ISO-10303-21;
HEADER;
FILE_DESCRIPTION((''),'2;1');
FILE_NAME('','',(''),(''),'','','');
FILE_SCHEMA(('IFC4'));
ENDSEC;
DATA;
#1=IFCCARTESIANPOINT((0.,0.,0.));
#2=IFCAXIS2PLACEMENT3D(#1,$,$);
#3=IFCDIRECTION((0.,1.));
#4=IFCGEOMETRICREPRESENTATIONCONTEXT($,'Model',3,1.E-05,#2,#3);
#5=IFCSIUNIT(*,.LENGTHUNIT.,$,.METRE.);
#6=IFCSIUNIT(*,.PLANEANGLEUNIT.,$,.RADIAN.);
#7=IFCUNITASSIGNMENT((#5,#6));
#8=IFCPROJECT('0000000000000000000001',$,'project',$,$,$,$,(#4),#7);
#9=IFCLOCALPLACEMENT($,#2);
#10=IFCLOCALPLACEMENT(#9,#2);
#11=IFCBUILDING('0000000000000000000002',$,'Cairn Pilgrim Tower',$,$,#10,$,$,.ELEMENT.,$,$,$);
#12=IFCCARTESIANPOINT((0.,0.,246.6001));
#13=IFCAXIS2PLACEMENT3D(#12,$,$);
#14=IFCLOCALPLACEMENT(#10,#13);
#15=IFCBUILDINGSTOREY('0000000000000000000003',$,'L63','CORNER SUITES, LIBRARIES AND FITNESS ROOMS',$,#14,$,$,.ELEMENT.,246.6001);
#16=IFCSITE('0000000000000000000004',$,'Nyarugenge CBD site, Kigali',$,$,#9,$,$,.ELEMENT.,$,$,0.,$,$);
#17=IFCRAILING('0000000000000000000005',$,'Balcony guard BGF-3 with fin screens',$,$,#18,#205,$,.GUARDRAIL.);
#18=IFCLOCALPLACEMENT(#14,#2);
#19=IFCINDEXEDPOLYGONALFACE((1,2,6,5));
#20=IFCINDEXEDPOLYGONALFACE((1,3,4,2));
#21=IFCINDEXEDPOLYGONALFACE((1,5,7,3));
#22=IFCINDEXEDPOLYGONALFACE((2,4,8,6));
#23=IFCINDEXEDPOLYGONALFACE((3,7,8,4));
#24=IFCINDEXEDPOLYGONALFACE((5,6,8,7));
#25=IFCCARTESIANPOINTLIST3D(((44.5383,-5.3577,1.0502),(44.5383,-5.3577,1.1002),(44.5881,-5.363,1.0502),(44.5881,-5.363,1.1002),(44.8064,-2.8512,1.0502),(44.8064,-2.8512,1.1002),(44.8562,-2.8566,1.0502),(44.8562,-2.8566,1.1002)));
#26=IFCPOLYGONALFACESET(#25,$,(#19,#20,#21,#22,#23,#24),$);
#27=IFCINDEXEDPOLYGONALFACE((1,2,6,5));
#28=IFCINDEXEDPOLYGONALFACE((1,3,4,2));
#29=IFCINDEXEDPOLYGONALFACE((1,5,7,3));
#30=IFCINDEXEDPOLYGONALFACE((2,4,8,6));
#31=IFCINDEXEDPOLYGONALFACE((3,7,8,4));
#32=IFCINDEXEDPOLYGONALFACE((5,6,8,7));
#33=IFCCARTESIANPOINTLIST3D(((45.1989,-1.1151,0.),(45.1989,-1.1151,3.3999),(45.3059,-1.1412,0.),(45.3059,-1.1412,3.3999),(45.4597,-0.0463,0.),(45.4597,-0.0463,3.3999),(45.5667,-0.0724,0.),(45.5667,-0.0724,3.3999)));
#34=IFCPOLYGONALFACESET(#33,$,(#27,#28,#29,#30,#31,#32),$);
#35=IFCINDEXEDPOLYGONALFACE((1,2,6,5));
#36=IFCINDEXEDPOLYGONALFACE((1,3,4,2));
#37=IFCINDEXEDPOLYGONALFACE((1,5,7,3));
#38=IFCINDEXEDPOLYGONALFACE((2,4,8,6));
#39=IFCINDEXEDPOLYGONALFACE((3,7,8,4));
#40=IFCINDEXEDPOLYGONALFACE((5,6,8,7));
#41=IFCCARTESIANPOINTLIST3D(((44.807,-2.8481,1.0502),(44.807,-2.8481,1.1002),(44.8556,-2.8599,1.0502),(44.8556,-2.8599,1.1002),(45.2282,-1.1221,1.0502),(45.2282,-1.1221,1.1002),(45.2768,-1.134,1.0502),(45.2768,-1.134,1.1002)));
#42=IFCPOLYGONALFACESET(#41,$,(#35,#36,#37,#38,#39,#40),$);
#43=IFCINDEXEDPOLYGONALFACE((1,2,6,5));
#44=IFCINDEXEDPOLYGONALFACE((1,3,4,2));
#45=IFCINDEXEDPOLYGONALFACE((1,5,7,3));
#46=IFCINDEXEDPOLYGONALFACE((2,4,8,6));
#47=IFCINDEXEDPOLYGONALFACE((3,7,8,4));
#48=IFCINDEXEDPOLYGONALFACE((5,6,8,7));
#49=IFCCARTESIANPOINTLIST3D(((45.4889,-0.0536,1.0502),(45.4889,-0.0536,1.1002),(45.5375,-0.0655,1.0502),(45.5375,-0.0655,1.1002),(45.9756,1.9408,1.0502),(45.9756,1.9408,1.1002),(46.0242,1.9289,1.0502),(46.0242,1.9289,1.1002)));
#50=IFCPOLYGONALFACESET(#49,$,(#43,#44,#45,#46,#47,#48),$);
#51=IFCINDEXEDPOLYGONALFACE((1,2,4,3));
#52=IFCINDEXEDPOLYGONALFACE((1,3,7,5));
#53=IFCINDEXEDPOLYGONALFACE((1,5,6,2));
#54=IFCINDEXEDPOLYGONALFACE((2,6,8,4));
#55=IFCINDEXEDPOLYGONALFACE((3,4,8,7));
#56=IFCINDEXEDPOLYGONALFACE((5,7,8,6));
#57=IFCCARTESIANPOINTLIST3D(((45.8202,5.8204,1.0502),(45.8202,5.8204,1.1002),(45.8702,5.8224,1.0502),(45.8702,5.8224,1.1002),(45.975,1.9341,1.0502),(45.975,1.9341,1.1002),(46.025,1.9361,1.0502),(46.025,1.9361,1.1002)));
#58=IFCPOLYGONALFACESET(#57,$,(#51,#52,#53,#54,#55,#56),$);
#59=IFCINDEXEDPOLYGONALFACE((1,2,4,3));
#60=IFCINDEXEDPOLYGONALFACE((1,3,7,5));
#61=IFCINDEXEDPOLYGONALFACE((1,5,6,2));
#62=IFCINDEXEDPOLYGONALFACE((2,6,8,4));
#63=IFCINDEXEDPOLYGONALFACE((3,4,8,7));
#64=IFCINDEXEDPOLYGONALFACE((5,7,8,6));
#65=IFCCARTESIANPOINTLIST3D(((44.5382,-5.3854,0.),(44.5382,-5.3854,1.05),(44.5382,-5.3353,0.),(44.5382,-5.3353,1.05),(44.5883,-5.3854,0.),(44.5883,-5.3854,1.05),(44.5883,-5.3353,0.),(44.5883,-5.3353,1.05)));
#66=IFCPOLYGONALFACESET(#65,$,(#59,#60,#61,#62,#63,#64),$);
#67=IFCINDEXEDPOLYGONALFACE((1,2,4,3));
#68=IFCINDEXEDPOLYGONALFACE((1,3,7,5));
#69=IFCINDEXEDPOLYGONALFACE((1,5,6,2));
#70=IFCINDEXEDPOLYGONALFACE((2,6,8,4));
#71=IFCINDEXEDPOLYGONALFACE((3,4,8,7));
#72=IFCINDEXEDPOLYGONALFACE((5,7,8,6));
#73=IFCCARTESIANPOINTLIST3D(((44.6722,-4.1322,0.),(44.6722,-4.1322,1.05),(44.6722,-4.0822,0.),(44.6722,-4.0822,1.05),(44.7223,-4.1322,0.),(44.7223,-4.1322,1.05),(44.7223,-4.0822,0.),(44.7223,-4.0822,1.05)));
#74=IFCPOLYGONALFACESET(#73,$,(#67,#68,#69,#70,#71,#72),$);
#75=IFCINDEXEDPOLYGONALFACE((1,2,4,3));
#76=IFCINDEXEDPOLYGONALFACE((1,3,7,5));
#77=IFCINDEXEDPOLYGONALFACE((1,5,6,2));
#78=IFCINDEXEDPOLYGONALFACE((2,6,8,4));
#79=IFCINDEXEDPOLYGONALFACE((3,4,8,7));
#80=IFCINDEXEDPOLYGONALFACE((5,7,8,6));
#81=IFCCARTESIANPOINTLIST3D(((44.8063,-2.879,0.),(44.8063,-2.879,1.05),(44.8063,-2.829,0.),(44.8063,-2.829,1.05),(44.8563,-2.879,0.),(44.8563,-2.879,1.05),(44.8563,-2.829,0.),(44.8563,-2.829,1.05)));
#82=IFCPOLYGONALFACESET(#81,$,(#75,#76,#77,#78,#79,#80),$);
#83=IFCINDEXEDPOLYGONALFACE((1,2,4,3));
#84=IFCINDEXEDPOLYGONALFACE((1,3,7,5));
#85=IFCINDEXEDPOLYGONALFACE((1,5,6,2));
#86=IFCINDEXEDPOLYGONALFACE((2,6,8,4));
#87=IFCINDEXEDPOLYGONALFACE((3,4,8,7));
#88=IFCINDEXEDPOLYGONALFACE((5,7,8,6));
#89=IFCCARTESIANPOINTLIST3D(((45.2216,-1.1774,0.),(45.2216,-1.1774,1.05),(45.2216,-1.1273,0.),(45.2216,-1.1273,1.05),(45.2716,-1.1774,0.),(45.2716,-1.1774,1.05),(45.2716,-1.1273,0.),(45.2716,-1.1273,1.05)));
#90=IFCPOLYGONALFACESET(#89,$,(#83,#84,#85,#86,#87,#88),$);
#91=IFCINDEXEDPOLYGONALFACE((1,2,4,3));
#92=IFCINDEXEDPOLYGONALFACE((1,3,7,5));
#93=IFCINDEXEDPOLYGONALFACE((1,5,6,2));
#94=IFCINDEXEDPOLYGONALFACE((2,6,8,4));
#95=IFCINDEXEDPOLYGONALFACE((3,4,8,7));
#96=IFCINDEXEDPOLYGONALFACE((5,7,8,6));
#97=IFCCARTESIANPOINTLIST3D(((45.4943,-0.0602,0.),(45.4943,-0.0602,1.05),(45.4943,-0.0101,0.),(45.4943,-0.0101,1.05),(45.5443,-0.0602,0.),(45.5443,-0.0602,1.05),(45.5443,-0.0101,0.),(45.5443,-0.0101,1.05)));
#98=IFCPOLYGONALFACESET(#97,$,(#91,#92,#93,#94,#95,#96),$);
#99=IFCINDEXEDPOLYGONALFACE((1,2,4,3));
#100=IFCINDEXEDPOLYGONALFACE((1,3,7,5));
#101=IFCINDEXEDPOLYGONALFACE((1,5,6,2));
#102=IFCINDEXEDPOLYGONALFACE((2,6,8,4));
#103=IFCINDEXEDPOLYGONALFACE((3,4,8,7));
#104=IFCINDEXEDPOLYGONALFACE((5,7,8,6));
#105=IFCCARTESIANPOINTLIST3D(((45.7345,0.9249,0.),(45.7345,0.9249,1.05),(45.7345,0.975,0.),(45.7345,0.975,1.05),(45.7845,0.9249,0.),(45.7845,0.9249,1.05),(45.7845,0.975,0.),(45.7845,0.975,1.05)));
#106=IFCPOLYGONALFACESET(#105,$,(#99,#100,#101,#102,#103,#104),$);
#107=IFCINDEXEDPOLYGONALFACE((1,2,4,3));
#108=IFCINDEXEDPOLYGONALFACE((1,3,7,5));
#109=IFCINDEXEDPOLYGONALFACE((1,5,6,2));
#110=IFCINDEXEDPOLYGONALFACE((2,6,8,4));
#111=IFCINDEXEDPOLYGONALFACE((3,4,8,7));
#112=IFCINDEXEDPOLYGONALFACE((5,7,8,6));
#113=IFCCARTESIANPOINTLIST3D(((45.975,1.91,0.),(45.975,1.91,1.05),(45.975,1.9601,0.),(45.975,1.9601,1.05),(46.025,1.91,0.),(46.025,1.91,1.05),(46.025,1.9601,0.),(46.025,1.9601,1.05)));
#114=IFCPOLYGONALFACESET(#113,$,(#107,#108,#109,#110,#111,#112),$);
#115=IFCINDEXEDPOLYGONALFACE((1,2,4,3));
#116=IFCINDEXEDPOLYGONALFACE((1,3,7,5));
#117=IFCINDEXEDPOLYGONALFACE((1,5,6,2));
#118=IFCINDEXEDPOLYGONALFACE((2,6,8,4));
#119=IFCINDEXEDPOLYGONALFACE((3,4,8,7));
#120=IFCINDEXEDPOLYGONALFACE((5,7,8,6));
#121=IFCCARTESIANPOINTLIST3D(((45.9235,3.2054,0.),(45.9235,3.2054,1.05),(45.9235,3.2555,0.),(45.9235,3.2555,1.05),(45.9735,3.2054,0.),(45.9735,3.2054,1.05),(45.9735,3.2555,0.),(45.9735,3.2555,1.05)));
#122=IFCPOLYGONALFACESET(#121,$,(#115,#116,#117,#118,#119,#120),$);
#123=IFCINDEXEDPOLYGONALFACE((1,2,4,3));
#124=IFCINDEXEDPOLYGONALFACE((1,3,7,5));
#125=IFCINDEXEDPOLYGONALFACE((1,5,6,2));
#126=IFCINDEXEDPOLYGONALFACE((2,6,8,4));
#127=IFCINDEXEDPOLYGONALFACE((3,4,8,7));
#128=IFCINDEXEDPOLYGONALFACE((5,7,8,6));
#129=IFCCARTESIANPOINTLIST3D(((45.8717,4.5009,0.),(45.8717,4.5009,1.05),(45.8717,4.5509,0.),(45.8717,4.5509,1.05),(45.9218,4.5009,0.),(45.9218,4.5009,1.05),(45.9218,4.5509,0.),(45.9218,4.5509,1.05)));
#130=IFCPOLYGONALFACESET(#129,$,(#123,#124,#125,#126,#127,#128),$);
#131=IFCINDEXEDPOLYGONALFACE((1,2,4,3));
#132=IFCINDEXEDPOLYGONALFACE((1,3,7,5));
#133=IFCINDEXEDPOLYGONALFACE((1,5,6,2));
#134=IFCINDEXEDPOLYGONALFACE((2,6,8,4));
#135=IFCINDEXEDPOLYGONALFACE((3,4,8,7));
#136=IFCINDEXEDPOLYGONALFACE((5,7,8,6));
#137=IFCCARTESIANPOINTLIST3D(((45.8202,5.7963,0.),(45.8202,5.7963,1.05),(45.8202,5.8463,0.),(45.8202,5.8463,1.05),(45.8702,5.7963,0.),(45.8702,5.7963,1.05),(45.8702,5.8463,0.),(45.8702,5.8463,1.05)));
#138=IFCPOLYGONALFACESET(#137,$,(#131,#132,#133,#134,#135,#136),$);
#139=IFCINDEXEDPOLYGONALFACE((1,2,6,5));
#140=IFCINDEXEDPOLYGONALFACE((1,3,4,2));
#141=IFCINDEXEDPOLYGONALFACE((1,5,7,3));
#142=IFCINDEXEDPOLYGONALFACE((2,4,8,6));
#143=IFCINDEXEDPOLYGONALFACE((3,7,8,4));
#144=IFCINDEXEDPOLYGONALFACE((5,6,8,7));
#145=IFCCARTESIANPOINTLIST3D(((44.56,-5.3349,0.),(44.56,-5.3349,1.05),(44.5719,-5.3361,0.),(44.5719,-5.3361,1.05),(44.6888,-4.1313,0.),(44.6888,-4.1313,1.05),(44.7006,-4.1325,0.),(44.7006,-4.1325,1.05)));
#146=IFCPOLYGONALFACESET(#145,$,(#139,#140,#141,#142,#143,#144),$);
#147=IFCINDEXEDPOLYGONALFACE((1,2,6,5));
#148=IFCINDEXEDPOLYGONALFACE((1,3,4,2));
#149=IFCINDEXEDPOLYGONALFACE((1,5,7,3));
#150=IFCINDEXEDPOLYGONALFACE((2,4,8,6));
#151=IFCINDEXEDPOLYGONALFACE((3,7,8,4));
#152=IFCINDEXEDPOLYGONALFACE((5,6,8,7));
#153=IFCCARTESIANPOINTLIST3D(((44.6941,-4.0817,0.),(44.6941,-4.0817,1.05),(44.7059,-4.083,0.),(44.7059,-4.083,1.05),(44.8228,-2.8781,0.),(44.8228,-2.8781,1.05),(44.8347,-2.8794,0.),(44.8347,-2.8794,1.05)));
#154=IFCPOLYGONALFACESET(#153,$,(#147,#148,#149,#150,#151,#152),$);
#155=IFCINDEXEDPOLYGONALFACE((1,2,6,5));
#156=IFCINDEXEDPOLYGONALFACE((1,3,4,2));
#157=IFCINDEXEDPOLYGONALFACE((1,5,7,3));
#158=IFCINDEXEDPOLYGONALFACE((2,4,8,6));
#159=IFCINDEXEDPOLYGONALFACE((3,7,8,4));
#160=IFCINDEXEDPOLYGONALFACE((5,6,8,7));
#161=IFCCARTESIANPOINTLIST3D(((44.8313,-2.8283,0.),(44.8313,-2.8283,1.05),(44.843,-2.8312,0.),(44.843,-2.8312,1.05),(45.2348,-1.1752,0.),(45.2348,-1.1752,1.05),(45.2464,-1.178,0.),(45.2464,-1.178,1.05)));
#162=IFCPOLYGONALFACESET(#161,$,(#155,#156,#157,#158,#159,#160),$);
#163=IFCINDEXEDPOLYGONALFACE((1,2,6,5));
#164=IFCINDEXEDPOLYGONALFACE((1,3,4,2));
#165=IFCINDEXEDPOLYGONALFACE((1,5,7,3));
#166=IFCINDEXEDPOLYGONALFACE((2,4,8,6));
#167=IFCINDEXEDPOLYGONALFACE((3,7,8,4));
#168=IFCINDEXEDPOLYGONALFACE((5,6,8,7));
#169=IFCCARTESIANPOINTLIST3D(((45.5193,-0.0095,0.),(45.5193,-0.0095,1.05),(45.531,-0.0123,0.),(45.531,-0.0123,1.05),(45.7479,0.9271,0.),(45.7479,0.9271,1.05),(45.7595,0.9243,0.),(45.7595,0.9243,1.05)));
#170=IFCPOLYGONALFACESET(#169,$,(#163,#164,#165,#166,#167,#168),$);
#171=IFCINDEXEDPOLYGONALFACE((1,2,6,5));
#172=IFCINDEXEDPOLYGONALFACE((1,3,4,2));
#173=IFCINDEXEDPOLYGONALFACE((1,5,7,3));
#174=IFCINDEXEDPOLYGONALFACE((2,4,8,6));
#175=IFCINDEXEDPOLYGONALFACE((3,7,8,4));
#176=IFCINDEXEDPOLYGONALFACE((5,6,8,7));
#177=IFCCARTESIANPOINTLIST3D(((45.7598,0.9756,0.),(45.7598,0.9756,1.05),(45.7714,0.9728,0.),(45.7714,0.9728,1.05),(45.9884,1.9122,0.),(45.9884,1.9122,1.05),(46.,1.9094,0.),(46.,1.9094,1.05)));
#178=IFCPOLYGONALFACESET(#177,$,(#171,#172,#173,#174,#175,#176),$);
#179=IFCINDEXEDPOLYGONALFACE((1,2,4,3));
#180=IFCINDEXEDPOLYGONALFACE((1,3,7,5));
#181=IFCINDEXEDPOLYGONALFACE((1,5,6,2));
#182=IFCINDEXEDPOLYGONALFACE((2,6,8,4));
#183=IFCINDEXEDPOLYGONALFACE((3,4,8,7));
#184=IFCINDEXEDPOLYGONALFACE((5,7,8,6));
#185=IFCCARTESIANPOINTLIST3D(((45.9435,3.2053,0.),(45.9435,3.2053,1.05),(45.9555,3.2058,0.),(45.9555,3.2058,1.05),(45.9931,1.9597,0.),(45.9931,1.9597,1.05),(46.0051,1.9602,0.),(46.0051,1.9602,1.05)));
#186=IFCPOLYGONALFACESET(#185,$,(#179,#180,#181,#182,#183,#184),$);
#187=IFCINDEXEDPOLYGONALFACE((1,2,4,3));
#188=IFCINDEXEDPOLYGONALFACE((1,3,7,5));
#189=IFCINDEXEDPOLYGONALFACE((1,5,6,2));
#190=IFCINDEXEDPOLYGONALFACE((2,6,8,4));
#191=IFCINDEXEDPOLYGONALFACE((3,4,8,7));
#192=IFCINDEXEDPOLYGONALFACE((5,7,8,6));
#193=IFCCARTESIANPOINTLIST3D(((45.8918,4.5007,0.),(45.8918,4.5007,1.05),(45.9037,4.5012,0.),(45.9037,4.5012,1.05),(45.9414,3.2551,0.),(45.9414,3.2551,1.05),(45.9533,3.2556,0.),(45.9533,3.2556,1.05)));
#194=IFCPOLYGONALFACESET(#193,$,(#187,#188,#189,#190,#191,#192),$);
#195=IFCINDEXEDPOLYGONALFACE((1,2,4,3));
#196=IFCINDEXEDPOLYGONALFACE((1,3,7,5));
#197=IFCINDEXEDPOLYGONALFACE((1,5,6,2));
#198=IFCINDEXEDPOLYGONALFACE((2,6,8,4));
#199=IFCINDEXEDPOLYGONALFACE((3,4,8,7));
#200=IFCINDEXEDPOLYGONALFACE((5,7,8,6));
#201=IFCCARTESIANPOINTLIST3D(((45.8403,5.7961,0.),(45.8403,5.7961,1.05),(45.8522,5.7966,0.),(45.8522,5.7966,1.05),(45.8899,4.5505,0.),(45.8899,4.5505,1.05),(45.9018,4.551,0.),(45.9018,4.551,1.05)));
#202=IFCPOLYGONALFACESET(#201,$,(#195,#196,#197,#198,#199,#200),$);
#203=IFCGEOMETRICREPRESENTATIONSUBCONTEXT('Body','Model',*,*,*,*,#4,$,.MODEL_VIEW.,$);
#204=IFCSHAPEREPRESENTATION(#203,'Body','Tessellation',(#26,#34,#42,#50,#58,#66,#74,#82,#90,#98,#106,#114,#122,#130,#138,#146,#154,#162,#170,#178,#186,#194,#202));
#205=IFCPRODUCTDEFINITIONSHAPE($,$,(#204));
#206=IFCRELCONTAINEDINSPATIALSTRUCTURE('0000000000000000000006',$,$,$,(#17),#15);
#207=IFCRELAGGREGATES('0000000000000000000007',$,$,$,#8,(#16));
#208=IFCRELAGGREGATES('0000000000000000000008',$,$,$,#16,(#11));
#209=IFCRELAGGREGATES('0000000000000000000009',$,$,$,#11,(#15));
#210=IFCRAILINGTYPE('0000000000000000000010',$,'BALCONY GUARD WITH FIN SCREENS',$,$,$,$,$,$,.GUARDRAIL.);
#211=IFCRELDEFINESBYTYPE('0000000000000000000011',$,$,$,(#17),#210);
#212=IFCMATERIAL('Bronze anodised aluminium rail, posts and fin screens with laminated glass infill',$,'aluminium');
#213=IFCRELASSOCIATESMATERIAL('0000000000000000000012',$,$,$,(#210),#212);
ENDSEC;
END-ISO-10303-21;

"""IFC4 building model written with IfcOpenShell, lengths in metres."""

from ifc_helpers import new_model, si_unit, direction, frame, origin, origin_2d, place, context, subcontext, project, spatial, polyline, rectangle, outline, extrude, material, type_object, element, save


model = new_model("IFC4")

# Units and contexts
model_context = context("Model", 3, precision=1e-05, world=origin(), true_north=direction((0.0, 1.0)))
body_context = subcontext(model_context, "Body", "Model", "MODEL_VIEW")
ifc_project = project(units=[si_unit("LENGTHUNIT", "METRE"), si_unit("PLANEANGLEUNIT", "RADIAN")], contexts=[model_context])

# Site, building, storey
site_placement = place(None, origin())
site = spatial("IfcSite", under=ifc_project, at=site_placement, Name="Nyarugenge CBD site, Kigali", CompositionType="ELEMENT", RefElevation=0.0)
building_placement = place(site_placement, origin())
building = spatial("IfcBuilding", under=site, at=building_placement, Name="Cairn Pilgrim Tower", CompositionType="ELEMENT")
storey_placement = place(building_placement, frame((0.0, 0.0, 246.6001)))
storey = spatial("IfcBuildingStorey", under=building, at=storey_placement, Name="L63", Description="CORNER SUITES, LIBRARIES AND FITNESS ROOMS", CompositionType="ELEMENT", Elevation=246.6001)

# Railing
ifc_material_1 = material(Name="Bronze anodised aluminium rail, posts and fin screens with laminated glass infill", Category="aluminium")
railing_type = type_object("IfcRailingType", Name="BALCONY GUARD WITH FIN SCREENS", PredefinedType="GUARDRAIL", material=ifc_material_1)
railing_placement = place(storey_placement, frame((44.5632, -5.3604, 0.0)))
element("IfcRailing", 1, at=railing_placement, inside=storey, type_object=railing_type, Name="Balcony guard BGF-3 with fin screens", PredefinedType="GUARDRAIL", context=body_context, shape_type="SweptSolid", body=[
    extrude(rectangle(XDim=0.05, YDim=0.05, at=origin_2d()), frame((0.0, 0.0, 1.0752), z_axis=(0.106348, 0.994329, 0.0), x_axis=(-0.994329, 0.106348, 0.0)), (0.0, 0.0, 1.0), 2.5208),
    extrude(rectangle(XDim=1.1001, YDim=0.1101, at=origin_2d()), frame((0.8196, 4.7666, 0.0), z_axis=(0.0, 0.0, 1.0), x_axis=(0.237078, 0.971491, 0.0)), (0.0, 0.0, 1.0), 3.3999),
    extrude(rectangle(XDim=0.05, YDim=0.05, at=origin_2d()), frame((0.2681, 2.5063, 1.0752), z_axis=(0.237078, 0.971491, 0.0), x_axis=(-0.971491, 0.237078, 0.0)), (0.0, 0.0, 1.0), 1.7766),
    extrude(rectangle(XDim=0.05, YDim=0.05, at=origin_2d()), frame((0.95, 5.3008, 1.0752), z_axis=(0.237078, 0.971491, 0.0), x_axis=(-0.971491, 0.237078, 0.0)), (0.0, 0.0, 1.0), 2.053),
    extrude(rectangle(XDim=0.05, YDim=0.05, at=origin_2d()), frame((1.4368, 7.2954, 1.0752), z_axis=(-0.039798, 0.999208, 0.0), x_axis=(-0.999208, -0.039798, 0.0)), (0.0, 0.0, 1.0), 3.8894),
    extrude(rectangle(XDim=0.05, YDim=0.05, at=origin_2d()), origin(), (0.0, 0.0, 1.0), 1.05),
    extrude(rectangle(XDim=0.05, YDim=0.05, at=origin_2d()), frame((0.134, 1.2532, 0.0)), (0.0, 0.0, 1.0), 1.05),
    extrude(rectangle(XDim=0.05, YDim=0.05, at=origin_2d()), frame((0.2681, 2.5063, 0.0)), (0.0, 0.0, 1.0), 1.05),
    extrude(rectangle(XDim=0.05, YDim=0.05, at=origin_2d()), frame((0.6833, 4.208, 0.0)), (0.0, 0.0, 1.0), 1.05),
    extrude(rectangle(XDim=0.05, YDim=0.05, at=origin_2d()), frame((0.9561, 5.3252, 0.0)), (0.0, 0.0, 1.0), 1.05),
    extrude(rectangle(XDim=0.05, YDim=0.05, at=origin_2d()), frame((1.1963, 6.3103, 0.0)), (0.0, 0.0, 1.0), 1.05),
    extrude(rectangle(XDim=0.05, YDim=0.05, at=origin_2d()), frame((1.4368, 7.2954, 0.0)), (0.0, 0.0, 1.0), 1.05),
    extrude(rectangle(XDim=0.05, YDim=0.05, at=origin_2d()), frame((1.3853, 8.5908, 0.0)), (0.0, 0.0, 1.0), 1.05),
    extrude(rectangle(XDim=0.05, YDim=0.05, at=origin_2d()), frame((1.3335, 9.8862, 0.0)), (0.0, 0.0, 1.0), 1.05),
    extrude(rectangle(XDim=0.05, YDim=0.05, at=origin_2d()), frame((1.282, 11.1816, 0.0)), (0.0, 0.0, 1.0), 1.05),
    extrude(outline(polyline([(0.0249, 0.0), (1.2354, 0.0), (1.2354, 1.05), (0.0249, 1.05), (0.0249, 0.0)])), frame((-0.0059, 0.0007, 0.0), z_axis=(0.994329, -0.106348, 0.0), x_axis=(0.106348, 0.994329, 0.0)), (0.0, 0.0, 1.0), 0.012),
    extrude(outline(polyline([(0.0249, 0.0), (1.2354, 0.0), (1.2354, 1.05), (0.0249, 1.05), (0.0249, 0.0)])), frame((0.1282, 1.2539, 0.0), z_axis=(0.994329, -0.106348, 0.0), x_axis=(0.106348, 0.994329, 0.0)), (0.0, 0.0, 1.0), 0.012),
    extrude(outline(polyline([(0.0249, 0.0), (1.7266, 0.0), (1.7266, 1.05), (0.0249, 1.05), (0.0249, 0.0)])), frame((0.2622, 2.5078, 0.0), z_axis=(0.971491, -0.237078, 0.0), x_axis=(0.237078, 0.971491, 0.0)), (0.0, 0.0, 1.0), 0.012),
    extrude(outline(polyline([(0.0249, 0.0), (0.989, 0.0), (0.989, 1.05), (0.0249, 1.05), (0.0249, 0.0)])), frame((0.9502, 5.3267, 0.0), z_axis=(0.971491, -0.237078, 0.0), x_axis=(0.237078, 0.971491, 0.0)), (0.0, 0.0, 1.0), 0.012),
    extrude(outline(polyline([(0.0249, 0.0), (0.989, 0.0), (0.989, 1.05), (0.0249, 1.05), (0.0249, 0.0)])), frame((1.1907, 6.3118, 0.0), z_axis=(0.971491, -0.237078, 0.0), x_axis=(0.237078, 0.971491, 0.0)), (0.0, 0.0, 1.0), 0.012),
    extrude(outline(polyline([(0.0249, 0.0), (1.2715, 0.0), (1.2715, 1.05), (0.0249, 1.05), (0.0249, 0.0)])), frame((1.4309, 7.2952, 0.0), z_axis=(0.999208, 0.039798, 0.0), x_axis=(-0.039798, 0.999208, 0.0)), (0.0, 0.0, 1.0), 0.012),
    extrude(outline(polyline([(0.0249, 0.0), (1.2715, 0.0), (1.2715, 1.05), (0.0249, 1.05), (0.0249, 0.0)])), frame((1.3792, 8.5906, 0.0), z_axis=(0.999208, 0.039798, 0.0), x_axis=(-0.039798, 0.999208, 0.0)), (0.0, 0.0, 1.0), 0.012),
    extrude(outline(polyline([(0.0249, 0.0), (1.2715, 0.0), (1.2715, 1.05), (0.0249, 1.05), (0.0249, 0.0)])), frame((1.3276, 9.886, 0.0), z_axis=(0.999208, 0.039798, 0.0), x_axis=(-0.039798, 0.999208, 0.0)), (0.0, 0.0, 1.0), 0.012),
])

save(model, "model.ifc")
